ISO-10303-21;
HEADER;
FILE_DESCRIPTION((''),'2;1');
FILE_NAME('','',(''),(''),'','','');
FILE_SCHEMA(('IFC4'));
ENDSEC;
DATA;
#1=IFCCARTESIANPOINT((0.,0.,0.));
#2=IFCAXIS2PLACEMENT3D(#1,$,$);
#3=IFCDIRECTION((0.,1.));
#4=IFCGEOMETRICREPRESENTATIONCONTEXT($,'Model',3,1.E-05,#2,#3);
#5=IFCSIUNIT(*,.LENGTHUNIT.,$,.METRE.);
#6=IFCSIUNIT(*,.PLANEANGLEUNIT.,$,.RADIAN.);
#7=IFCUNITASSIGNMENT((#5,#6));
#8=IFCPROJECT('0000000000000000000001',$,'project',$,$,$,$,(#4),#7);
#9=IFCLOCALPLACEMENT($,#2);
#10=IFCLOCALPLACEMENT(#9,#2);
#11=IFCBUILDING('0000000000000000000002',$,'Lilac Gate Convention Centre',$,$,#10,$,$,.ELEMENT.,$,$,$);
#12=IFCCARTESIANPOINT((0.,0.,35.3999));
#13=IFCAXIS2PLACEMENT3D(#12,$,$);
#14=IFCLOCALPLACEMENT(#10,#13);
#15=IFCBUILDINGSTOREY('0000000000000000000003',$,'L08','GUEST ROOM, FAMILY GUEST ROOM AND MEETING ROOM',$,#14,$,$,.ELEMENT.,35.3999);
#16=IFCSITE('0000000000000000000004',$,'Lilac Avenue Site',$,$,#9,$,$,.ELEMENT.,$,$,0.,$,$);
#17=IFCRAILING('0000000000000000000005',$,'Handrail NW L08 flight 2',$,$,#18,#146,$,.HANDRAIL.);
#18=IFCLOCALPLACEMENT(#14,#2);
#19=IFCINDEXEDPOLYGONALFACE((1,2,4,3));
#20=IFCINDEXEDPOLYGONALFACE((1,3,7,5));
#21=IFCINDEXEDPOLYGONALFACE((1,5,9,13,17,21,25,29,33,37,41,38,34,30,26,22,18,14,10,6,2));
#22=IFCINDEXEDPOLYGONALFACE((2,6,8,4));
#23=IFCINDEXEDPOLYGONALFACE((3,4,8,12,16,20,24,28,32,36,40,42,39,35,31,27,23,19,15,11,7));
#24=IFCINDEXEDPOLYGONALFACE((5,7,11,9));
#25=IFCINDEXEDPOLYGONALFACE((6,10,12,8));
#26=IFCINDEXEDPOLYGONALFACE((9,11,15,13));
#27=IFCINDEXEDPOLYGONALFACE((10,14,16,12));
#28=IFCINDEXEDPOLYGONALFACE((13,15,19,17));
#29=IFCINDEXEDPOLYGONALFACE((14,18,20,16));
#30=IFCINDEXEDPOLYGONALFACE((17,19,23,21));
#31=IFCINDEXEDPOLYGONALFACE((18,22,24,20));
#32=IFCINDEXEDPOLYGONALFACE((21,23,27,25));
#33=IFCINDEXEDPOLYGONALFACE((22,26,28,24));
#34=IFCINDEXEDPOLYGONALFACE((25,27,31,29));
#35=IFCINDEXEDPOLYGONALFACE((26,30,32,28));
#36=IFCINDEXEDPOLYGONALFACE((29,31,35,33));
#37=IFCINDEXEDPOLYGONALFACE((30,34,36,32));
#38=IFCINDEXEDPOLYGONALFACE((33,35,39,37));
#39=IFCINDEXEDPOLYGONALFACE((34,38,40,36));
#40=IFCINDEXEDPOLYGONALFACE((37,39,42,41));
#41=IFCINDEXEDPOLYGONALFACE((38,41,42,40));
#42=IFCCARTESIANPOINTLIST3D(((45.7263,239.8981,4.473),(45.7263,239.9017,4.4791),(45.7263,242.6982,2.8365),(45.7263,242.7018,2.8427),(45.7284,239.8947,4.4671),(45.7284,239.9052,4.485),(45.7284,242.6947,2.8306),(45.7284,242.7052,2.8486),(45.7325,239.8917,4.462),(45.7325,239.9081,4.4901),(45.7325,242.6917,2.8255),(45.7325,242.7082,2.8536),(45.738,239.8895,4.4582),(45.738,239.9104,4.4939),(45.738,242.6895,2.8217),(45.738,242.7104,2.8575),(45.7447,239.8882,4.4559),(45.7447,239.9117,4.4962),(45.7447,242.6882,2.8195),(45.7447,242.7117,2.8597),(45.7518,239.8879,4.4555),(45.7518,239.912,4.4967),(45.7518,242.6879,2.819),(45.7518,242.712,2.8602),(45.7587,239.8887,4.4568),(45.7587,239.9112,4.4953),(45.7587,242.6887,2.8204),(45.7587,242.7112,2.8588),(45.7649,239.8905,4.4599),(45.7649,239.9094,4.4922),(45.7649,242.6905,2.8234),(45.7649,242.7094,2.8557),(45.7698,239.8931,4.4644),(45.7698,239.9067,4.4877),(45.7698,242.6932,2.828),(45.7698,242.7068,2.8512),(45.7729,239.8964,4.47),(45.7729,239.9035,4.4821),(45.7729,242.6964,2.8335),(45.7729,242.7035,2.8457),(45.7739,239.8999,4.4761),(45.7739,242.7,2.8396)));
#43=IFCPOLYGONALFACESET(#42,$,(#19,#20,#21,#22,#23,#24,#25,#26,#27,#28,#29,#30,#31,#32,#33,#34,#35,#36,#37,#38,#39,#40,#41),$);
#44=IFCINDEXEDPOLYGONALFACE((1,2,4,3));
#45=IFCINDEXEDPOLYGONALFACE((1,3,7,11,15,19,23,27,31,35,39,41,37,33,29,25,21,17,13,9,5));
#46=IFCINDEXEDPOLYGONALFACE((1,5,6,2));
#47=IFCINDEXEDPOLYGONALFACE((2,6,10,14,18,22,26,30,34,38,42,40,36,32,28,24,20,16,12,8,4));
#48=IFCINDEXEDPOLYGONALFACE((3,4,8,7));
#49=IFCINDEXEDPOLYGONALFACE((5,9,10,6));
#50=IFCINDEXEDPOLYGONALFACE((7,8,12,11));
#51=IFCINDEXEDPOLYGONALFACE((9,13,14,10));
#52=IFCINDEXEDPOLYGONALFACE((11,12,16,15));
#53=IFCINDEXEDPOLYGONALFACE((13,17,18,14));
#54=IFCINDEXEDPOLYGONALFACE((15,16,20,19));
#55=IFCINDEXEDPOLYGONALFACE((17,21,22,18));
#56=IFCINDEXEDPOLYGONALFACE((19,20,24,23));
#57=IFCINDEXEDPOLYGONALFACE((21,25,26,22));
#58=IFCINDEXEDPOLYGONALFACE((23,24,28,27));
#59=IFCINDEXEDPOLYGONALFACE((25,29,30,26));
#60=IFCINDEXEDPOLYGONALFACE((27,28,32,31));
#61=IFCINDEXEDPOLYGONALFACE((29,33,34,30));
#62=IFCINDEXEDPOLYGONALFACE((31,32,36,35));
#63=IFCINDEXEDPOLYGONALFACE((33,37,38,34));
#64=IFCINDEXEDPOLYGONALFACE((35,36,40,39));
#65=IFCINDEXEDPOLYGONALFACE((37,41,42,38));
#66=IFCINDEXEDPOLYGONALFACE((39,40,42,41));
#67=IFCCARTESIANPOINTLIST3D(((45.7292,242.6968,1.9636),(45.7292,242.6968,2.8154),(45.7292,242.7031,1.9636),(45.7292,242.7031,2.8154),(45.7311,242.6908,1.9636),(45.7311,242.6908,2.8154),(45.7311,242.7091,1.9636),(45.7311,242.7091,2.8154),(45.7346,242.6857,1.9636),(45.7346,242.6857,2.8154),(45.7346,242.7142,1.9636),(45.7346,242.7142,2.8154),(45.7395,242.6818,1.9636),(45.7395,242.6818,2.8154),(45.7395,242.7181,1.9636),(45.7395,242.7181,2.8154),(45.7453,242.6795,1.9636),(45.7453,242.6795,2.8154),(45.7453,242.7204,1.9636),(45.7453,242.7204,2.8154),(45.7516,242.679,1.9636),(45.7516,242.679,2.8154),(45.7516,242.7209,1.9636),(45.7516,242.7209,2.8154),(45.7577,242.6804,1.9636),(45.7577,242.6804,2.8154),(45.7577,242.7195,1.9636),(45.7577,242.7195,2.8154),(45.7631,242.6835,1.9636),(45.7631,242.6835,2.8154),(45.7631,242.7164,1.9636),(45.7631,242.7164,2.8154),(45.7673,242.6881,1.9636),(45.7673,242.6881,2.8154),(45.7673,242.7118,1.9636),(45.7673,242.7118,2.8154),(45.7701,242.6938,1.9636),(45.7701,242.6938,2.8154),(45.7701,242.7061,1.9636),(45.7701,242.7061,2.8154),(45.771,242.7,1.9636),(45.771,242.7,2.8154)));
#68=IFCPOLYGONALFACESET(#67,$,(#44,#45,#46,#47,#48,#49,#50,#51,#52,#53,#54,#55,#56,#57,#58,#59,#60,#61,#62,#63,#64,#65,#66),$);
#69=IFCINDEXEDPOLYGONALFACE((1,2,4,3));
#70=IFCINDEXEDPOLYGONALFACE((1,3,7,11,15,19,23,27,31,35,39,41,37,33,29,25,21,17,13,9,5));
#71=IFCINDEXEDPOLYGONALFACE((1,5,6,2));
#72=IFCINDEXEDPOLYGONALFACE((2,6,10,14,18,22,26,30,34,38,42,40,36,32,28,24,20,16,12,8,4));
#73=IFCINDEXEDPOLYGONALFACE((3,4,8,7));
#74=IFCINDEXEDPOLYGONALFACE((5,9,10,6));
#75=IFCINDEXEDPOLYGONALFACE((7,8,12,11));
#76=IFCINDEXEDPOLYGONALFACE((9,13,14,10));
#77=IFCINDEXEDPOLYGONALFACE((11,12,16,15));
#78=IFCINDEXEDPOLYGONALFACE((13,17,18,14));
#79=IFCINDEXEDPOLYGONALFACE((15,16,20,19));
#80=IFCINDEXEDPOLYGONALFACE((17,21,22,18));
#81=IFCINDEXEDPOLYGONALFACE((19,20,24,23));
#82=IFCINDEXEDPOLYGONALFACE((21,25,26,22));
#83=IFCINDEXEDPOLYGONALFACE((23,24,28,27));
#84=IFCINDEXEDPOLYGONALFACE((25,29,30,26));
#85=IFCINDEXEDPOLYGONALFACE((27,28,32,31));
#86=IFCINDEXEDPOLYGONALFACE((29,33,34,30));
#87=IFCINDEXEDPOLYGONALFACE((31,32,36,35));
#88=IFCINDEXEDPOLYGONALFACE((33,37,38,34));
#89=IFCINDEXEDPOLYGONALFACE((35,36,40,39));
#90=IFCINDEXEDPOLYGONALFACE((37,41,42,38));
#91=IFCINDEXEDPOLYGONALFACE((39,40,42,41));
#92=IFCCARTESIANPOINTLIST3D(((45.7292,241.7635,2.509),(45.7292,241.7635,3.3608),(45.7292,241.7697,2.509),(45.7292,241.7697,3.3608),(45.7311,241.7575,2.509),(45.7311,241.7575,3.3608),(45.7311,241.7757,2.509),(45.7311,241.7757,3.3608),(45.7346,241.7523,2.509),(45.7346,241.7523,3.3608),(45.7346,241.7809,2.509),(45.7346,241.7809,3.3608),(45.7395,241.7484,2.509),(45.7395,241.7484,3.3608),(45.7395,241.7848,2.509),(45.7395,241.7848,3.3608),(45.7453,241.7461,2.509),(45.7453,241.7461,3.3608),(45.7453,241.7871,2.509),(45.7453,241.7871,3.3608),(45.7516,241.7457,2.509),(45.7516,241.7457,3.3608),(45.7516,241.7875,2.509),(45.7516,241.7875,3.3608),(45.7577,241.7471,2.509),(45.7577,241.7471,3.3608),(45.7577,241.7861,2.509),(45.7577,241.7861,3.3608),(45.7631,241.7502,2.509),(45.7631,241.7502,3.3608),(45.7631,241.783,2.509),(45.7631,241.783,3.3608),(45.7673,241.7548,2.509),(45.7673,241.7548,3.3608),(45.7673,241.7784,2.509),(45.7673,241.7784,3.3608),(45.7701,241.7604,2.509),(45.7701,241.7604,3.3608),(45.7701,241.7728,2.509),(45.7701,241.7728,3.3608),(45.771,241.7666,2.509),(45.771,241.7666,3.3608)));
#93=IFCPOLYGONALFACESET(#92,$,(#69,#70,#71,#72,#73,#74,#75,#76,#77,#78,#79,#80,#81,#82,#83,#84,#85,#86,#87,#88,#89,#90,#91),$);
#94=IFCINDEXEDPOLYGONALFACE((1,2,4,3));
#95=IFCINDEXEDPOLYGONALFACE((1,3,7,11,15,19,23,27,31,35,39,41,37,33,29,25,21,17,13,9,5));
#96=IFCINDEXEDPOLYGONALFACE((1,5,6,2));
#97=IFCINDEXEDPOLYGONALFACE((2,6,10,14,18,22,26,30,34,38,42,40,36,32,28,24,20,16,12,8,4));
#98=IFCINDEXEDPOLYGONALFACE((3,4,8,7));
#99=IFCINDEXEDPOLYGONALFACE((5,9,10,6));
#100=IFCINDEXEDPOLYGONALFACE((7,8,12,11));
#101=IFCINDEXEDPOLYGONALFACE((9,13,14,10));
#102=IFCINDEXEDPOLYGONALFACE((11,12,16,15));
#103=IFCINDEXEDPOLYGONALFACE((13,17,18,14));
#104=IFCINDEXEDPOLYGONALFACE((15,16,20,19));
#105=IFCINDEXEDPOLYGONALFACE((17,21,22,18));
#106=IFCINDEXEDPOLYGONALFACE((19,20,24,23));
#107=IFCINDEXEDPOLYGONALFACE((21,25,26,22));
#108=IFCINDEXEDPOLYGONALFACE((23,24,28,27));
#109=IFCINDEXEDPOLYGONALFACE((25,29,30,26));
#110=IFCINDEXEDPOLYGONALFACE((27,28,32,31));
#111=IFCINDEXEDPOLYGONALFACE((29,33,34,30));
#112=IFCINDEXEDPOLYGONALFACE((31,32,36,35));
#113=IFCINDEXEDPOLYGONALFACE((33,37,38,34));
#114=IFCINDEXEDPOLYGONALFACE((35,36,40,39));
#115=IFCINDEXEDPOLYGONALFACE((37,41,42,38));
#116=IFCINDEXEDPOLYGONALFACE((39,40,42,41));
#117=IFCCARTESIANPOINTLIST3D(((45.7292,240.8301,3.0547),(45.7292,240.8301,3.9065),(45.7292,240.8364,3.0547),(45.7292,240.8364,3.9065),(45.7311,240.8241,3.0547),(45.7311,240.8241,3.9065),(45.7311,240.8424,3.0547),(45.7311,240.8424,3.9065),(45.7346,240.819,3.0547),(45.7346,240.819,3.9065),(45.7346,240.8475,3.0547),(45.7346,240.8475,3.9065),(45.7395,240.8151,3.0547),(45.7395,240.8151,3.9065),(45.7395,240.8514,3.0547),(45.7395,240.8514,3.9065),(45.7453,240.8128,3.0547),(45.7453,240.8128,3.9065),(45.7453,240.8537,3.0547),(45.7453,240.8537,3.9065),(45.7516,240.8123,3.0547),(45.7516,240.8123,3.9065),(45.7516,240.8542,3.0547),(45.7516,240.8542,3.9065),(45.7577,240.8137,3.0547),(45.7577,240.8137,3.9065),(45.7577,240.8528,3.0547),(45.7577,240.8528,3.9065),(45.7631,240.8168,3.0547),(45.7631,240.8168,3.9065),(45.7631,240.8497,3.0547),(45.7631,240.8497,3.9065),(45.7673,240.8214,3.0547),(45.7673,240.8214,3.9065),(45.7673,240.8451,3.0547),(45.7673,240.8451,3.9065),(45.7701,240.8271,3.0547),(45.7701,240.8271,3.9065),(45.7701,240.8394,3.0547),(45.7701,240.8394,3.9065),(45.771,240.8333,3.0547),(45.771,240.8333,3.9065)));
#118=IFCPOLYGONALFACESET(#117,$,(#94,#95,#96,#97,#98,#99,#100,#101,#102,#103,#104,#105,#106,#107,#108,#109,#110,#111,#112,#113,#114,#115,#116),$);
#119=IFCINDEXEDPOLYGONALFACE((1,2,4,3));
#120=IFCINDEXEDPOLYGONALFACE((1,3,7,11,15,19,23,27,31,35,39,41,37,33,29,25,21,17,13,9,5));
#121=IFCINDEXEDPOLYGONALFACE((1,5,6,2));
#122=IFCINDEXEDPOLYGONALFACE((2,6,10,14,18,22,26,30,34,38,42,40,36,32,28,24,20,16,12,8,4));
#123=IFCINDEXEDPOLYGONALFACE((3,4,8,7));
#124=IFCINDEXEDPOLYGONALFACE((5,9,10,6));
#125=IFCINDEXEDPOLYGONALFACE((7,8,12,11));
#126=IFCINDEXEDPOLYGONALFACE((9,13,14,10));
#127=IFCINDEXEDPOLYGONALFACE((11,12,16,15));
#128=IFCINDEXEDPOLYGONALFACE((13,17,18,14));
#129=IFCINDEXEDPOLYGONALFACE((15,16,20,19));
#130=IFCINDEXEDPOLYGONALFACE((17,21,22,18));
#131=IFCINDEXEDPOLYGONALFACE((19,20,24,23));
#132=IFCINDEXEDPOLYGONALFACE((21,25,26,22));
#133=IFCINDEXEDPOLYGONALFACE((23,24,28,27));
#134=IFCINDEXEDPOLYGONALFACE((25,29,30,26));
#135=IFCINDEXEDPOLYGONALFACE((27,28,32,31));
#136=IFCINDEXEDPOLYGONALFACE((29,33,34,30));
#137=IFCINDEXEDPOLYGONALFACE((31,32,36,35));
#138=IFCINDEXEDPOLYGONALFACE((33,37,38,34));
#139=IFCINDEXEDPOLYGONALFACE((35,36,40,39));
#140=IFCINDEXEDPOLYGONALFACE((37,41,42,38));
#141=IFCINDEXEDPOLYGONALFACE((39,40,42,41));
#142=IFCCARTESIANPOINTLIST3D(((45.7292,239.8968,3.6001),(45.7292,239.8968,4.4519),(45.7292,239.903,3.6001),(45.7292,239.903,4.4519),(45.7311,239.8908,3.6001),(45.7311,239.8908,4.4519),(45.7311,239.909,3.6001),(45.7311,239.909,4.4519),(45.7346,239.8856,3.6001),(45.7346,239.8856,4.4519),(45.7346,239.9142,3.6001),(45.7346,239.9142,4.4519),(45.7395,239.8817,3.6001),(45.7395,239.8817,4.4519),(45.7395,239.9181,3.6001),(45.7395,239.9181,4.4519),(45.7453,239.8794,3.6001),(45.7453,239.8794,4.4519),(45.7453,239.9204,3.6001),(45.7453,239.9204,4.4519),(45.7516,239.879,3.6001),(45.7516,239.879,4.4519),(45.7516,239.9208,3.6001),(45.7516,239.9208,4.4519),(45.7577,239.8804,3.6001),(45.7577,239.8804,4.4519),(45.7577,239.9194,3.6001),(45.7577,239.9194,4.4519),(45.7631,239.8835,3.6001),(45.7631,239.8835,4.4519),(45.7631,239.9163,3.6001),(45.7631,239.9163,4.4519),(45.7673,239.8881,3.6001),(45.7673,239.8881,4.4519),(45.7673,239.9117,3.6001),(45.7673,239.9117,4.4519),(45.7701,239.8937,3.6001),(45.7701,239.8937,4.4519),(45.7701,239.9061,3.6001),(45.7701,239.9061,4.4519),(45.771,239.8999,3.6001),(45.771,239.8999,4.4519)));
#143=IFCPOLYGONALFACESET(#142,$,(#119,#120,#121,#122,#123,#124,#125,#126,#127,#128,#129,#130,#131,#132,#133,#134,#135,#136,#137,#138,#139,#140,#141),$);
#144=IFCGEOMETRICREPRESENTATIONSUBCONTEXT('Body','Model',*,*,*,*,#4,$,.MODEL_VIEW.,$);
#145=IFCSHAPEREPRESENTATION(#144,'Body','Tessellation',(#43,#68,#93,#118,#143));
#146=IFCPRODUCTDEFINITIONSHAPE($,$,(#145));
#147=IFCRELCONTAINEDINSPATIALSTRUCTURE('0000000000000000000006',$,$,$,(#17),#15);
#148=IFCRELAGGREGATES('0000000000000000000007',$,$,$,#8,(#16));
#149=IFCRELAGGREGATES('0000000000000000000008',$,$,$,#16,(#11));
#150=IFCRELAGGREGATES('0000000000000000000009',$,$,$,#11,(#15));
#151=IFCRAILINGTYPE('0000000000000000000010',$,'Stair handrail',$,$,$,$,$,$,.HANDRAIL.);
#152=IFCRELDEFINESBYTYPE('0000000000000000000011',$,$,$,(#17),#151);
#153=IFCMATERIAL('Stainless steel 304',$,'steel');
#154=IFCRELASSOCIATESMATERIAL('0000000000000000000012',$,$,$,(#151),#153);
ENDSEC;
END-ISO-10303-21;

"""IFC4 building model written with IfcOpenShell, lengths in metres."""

from ifc_helpers import new_model, si_unit, direction, frame, origin, origin_2d, place, context, subcontext, project, spatial, circle, extrude, material, type_object, element, save


model = new_model("IFC4")

# Units and contexts
model_context = context("Model", 3, precision=1e-05, world=origin(), true_north=direction((0.0, 1.0)))
body_context = subcontext(model_context, "Body", "Model", "MODEL_VIEW")
ifc_project = project(units=[si_unit("LENGTHUNIT", "METRE"), si_unit("PLANEANGLEUNIT", "RADIAN")], contexts=[model_context])

# Site, building, storey
site_placement = place(None, origin())
site = spatial("IfcSite", under=ifc_project, at=site_placement, Name="Lilac Avenue Site", CompositionType="ELEMENT", RefElevation=0.0)
building_placement = place(site_placement, origin())
building = spatial("IfcBuilding", under=site, at=building_placement, Name="Lilac Gate Convention Centre", CompositionType="ELEMENT")
storey_placement = place(building_placement, frame((0.0, 0.0, 35.3999)))
storey = spatial("IfcBuildingStorey", under=building, at=storey_placement, Name="L08", Description="GUEST ROOM, FAMILY GUEST ROOM AND MEETING ROOM", CompositionType="ELEMENT", Elevation=35.3999)

# Railing
ifc_material_1 = material(Name="Stainless steel 304", Category="steel")
railing_type = type_object("IfcRailingType", Name="Stair handrail", PredefinedType="HANDRAIL", material=ifc_material_1)
for number, where, name in (
    (1, (45.75, 242.7, 1.9636), "Handrail NW L08 flight 2"),
):
    element("IfcRailing", number, at=place(storey_placement, frame(where)), inside=storey, type_object=railing_type, Name=name, PredefinedType="HANDRAIL", context=body_context, shape_type="SweptSolid", body=[
        extrude(circle(Radius=0.0239, at=origin_2d()), frame((0.0, 0.0, 0.876), z_axis=(0.0, -0.863361, 0.504587), x_axis=(1.0, 0.0, 0.0)), (0.0, 0.0, 1.0), 3.2432),
        extrude(circle(Radius=0.021, at=origin_2d()), origin(), (0.0, 0.0, 1.0), 0.8518),
        extrude(circle(Radius=0.021, at=origin_2d()), frame((0.0, -0.9333, 0.5454)), (0.0, 0.0, 1.0), 0.8518),
        extrude(circle(Radius=0.021, at=origin_2d()), frame((0.0, -1.8667, 1.0911)), (0.0, 0.0, 1.0), 0.8518),
        extrude(circle(Radius=0.021, at=origin_2d()), frame((0.0, -2.8, 1.6365)), (0.0, 0.0, 1.0), 0.8518),
    ])

save(model, "model.ifc")
